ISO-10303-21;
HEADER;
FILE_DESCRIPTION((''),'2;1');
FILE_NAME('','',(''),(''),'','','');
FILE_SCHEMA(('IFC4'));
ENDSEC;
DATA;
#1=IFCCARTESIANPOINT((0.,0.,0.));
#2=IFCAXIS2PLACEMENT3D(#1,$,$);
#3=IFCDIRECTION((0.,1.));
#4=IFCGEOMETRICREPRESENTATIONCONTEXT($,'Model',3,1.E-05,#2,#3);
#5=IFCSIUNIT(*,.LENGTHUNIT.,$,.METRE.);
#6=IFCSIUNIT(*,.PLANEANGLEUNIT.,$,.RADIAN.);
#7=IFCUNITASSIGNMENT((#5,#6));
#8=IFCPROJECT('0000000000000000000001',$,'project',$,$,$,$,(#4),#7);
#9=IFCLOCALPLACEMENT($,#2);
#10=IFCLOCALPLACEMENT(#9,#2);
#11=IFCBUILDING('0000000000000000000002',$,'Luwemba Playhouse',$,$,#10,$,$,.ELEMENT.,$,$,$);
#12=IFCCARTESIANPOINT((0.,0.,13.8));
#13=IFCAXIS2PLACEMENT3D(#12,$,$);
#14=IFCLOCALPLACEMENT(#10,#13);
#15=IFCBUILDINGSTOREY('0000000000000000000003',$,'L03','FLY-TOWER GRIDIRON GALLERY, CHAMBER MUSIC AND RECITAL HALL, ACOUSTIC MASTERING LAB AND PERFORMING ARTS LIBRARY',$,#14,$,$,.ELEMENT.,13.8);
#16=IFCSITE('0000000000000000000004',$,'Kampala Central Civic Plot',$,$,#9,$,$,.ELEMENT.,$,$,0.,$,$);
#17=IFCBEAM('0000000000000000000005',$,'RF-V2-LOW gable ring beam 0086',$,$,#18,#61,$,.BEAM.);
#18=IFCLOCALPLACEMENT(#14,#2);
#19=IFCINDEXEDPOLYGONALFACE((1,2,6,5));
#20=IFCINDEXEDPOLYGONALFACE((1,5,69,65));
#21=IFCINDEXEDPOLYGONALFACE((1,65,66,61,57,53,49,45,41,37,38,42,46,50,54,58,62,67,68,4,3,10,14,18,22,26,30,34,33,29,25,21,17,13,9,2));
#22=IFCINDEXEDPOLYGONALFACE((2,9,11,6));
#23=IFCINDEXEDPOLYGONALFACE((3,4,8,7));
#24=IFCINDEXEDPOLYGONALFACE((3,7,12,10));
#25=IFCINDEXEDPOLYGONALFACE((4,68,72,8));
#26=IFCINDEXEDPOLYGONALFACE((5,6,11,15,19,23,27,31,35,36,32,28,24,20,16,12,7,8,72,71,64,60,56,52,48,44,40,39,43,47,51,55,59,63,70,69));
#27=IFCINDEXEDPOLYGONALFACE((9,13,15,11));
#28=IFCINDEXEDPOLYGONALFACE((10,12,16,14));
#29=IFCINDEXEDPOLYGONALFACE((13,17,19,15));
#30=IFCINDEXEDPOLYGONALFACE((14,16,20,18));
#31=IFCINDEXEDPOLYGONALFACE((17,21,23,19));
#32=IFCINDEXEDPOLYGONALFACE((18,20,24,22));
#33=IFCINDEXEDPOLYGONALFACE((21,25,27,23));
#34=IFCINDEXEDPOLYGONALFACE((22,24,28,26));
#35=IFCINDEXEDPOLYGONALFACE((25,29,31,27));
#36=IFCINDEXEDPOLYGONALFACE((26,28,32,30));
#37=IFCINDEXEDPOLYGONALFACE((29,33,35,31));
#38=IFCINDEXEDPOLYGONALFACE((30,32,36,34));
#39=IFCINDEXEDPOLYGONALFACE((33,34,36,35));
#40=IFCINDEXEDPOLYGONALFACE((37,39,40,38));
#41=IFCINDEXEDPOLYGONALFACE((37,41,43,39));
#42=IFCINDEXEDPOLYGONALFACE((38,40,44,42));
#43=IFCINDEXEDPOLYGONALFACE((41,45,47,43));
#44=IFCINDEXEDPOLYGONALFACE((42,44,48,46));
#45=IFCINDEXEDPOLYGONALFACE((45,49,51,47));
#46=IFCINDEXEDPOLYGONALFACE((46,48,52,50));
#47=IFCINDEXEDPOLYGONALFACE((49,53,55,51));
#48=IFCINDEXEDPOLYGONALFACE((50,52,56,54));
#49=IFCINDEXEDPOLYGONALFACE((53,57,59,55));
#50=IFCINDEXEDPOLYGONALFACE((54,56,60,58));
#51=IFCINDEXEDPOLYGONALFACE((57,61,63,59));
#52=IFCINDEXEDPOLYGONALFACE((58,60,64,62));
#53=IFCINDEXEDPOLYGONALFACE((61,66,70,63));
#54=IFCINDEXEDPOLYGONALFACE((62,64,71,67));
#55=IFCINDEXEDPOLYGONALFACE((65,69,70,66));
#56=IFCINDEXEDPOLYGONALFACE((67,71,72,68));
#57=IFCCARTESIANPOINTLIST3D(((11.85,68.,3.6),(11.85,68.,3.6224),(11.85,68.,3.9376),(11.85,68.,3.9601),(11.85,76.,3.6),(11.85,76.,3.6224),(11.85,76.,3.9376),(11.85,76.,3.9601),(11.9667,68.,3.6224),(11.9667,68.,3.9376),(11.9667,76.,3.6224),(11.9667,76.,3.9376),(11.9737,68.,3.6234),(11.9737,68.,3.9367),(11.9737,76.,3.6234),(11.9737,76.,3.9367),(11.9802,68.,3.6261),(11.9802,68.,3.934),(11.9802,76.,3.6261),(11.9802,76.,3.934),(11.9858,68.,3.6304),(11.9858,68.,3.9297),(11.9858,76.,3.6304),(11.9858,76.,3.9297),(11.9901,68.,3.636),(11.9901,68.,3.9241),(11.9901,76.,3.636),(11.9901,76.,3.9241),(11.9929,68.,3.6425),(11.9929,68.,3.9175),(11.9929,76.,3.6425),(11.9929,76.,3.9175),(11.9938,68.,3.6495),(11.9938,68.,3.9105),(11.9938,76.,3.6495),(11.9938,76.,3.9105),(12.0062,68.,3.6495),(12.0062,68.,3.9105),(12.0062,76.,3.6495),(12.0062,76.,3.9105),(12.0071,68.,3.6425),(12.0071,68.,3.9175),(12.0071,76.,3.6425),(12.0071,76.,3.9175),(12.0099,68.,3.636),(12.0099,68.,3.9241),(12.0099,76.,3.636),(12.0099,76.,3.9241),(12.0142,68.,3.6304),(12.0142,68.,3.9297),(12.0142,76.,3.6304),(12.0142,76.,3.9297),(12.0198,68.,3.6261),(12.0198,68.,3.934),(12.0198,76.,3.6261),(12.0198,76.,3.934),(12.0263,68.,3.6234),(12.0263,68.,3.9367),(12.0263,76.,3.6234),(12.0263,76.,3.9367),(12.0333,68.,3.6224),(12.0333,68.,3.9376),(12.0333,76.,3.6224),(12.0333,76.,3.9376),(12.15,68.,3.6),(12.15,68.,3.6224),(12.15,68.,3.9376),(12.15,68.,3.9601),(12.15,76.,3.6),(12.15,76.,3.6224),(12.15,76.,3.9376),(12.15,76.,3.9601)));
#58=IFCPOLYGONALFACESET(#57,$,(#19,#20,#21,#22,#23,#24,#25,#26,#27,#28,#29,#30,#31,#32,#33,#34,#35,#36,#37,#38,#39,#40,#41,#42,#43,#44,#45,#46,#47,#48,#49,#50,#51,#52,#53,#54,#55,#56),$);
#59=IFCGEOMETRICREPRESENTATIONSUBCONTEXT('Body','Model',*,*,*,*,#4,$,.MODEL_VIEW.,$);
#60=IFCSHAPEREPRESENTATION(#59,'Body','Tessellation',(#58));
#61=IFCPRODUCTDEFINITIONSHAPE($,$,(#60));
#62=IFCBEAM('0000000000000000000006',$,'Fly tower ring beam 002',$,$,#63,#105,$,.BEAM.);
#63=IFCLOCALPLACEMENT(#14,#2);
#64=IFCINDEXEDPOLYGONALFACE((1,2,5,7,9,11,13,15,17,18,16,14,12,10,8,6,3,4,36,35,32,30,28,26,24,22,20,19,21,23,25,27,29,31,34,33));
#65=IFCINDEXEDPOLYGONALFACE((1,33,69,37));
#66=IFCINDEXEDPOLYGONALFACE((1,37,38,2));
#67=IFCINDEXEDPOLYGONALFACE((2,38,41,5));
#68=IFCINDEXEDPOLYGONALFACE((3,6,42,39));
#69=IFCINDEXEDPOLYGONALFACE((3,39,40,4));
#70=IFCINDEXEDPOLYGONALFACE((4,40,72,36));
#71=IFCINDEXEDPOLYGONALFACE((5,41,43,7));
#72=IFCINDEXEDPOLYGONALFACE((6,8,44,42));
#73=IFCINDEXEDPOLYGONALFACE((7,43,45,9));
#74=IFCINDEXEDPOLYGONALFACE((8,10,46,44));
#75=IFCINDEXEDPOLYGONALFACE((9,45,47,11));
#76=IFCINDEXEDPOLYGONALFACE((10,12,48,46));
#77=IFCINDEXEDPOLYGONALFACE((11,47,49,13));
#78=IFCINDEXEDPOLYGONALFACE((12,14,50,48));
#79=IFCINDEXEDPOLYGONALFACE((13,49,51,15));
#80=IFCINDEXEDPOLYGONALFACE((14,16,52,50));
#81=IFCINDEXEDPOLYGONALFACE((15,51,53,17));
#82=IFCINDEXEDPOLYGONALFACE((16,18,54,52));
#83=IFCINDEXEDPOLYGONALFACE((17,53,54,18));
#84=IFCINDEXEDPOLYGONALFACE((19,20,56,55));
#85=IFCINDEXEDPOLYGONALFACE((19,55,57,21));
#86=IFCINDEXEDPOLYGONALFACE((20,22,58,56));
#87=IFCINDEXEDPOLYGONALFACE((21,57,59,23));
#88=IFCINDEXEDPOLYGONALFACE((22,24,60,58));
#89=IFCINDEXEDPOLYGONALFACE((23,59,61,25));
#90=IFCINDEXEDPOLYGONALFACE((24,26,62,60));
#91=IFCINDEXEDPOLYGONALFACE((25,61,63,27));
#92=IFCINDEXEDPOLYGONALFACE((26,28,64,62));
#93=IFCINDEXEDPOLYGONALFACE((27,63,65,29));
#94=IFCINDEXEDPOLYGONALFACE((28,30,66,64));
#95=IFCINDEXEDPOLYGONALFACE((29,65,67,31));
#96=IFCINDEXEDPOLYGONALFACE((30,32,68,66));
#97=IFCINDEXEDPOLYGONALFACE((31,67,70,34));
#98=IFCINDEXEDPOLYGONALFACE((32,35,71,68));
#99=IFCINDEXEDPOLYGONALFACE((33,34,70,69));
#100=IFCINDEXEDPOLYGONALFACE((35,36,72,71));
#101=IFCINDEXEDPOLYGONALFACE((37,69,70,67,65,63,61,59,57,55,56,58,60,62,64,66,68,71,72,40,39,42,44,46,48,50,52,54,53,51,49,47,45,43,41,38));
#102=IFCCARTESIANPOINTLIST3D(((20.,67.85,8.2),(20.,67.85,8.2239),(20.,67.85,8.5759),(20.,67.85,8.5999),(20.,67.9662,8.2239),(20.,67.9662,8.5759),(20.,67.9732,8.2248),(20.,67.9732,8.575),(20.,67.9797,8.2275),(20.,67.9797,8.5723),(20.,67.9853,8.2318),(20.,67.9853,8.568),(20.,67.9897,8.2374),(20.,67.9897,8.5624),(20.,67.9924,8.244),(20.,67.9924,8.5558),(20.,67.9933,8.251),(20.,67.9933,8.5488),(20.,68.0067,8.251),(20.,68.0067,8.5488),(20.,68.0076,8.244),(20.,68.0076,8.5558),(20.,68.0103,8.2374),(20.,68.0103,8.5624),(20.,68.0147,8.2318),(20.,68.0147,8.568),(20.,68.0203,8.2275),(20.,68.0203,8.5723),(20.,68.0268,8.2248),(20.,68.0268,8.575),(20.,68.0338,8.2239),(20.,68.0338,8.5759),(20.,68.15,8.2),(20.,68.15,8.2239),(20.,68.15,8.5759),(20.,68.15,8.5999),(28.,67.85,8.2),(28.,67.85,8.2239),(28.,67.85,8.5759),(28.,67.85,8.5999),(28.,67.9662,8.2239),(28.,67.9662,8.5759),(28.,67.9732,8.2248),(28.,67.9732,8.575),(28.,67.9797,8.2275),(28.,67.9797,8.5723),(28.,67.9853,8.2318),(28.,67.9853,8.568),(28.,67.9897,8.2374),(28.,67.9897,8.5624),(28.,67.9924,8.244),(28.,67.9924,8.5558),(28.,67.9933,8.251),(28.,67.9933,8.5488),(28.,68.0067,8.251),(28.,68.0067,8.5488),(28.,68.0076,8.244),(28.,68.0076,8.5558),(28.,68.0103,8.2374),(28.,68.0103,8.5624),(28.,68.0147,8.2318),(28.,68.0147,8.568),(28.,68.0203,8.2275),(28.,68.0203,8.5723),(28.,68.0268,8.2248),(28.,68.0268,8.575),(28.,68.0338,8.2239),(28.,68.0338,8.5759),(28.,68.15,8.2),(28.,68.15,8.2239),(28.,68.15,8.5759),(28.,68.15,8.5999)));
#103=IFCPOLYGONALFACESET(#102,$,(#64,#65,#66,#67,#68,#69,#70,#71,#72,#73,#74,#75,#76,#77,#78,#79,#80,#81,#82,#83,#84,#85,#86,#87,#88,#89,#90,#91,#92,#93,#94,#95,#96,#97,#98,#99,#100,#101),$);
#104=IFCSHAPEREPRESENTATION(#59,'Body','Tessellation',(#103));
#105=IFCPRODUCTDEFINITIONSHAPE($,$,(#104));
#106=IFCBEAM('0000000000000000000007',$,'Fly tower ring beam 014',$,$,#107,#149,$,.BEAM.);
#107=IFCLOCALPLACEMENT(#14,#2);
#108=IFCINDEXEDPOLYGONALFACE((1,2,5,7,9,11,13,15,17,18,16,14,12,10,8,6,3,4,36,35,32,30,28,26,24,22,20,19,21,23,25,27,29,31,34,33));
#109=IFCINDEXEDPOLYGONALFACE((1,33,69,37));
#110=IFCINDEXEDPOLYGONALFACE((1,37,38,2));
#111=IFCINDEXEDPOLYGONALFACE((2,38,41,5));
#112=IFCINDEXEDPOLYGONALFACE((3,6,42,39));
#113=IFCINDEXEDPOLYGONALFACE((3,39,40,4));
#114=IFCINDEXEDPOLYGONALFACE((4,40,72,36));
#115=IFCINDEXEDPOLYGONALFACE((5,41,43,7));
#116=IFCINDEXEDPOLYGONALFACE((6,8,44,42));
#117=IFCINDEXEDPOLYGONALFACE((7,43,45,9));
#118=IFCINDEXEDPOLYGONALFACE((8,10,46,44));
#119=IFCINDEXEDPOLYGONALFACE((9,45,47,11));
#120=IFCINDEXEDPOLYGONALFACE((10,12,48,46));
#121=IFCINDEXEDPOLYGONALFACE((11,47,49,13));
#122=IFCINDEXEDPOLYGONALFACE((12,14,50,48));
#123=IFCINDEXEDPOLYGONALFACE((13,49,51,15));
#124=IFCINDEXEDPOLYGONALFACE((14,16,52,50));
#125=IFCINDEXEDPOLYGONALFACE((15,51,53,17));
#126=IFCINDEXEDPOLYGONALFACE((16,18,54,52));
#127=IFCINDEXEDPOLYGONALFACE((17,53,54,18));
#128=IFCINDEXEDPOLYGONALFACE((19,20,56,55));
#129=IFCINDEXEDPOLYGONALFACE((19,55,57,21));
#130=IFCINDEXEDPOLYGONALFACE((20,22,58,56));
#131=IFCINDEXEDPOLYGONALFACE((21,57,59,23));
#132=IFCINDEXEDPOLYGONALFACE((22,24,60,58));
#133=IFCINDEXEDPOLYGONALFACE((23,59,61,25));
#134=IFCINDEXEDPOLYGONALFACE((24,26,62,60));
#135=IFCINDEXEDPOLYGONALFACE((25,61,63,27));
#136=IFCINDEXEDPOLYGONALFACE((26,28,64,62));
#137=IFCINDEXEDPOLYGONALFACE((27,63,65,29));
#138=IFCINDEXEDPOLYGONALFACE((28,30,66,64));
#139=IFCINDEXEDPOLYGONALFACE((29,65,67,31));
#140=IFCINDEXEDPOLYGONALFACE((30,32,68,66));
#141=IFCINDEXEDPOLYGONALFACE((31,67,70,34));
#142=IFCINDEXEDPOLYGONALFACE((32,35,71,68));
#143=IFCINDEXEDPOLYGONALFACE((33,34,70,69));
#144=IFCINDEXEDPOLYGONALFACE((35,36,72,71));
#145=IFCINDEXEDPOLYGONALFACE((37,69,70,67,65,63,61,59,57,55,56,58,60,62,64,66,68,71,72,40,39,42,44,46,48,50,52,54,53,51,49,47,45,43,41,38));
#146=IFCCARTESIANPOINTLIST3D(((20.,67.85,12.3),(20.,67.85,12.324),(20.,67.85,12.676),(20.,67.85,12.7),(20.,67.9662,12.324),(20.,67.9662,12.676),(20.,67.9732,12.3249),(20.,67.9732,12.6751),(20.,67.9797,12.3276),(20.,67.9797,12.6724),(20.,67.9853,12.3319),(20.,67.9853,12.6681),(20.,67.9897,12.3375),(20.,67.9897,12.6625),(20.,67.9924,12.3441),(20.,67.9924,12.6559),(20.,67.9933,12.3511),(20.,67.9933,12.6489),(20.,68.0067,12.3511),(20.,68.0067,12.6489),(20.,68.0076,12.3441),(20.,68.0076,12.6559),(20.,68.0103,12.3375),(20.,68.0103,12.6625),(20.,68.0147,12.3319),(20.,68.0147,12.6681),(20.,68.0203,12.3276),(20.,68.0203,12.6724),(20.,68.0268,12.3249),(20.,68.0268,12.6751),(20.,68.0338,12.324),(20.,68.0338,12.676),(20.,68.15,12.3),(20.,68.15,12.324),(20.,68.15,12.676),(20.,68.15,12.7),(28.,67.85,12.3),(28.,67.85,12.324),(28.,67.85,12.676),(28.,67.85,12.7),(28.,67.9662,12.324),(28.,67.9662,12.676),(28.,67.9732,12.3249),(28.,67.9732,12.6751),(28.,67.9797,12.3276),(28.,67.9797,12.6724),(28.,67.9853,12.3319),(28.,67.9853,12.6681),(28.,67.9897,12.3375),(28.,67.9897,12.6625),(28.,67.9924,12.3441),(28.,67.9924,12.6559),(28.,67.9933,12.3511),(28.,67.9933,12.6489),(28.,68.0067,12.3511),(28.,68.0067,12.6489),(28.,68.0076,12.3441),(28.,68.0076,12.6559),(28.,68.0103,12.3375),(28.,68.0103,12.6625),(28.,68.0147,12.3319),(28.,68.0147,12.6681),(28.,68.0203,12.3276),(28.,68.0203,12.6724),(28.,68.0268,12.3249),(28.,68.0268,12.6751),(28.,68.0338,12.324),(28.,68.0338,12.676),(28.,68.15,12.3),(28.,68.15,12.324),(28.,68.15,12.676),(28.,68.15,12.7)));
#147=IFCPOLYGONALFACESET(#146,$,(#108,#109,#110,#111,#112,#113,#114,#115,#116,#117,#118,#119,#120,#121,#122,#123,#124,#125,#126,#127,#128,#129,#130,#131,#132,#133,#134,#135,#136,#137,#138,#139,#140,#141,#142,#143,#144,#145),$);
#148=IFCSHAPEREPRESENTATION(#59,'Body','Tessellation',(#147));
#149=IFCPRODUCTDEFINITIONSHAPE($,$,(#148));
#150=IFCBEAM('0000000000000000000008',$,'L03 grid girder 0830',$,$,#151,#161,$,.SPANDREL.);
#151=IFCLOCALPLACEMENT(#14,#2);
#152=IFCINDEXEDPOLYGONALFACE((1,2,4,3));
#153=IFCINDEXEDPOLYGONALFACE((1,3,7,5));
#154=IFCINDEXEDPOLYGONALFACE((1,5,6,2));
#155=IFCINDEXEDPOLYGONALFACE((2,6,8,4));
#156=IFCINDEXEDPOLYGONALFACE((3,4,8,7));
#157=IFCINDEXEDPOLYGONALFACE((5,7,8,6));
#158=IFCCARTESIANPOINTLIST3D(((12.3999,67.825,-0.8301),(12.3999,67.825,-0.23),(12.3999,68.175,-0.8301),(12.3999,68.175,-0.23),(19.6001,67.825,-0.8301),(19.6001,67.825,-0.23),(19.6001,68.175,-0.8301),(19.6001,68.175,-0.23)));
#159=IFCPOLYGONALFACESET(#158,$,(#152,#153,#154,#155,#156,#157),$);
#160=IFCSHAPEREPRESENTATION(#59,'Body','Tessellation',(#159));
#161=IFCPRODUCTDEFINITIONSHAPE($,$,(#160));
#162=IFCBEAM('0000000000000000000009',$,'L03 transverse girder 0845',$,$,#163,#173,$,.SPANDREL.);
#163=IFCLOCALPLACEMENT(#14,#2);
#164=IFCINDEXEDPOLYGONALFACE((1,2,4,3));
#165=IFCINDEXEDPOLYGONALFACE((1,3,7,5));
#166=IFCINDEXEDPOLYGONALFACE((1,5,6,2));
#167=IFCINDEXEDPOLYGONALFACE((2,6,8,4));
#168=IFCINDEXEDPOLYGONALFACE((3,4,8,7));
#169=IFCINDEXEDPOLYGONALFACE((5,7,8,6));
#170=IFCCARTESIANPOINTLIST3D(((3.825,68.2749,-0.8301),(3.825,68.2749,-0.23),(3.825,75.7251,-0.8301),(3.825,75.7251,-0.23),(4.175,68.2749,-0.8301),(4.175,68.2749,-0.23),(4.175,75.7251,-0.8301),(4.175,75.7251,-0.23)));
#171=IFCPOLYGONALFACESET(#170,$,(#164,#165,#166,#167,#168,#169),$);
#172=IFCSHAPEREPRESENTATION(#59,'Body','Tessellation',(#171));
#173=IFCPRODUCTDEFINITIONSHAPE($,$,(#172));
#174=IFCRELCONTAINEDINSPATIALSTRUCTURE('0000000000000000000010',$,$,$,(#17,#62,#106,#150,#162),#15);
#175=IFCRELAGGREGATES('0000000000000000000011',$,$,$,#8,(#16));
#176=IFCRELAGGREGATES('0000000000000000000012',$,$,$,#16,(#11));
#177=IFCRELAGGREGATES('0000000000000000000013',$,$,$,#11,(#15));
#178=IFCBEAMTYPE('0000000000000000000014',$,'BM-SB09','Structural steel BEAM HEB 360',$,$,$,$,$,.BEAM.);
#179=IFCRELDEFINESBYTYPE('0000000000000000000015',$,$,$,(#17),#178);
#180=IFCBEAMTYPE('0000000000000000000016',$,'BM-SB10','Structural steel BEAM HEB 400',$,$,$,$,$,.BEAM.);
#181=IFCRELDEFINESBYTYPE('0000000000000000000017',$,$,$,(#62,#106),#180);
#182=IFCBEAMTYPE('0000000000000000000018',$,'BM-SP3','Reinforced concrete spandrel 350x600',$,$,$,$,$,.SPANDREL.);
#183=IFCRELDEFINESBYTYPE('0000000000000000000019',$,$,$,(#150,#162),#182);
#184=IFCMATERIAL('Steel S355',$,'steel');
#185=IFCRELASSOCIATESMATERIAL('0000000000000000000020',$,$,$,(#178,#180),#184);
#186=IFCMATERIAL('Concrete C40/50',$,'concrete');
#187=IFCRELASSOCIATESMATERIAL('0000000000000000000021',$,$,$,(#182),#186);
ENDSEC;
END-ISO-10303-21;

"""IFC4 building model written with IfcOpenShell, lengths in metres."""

from ifc_helpers import new_model, si_unit, direction, frame, origin, origin_2d, place, context, subcontext, project, spatial, rectangle, i_section, extrude, material, material_profile, profile_set, type_object, element, save


model = new_model("IFC4")

# Units and contexts
model_context = context("Model", 3, precision=1e-05, world=origin(), true_north=direction((0.0, 1.0)))
body_context = subcontext(model_context, "Body", "Model", "MODEL_VIEW")
ifc_project = project(units=[si_unit("LENGTHUNIT", "METRE"), si_unit("PLANEANGLEUNIT", "RADIAN")], contexts=[model_context])

# Site, building, storey
site_placement = place(None, origin())
site = spatial("IfcSite", under=ifc_project, at=site_placement, Name="Kampala Central Civic Plot", CompositionType="ELEMENT", RefElevation=0.0)
building_placement = place(site_placement, origin())
building = spatial("IfcBuilding", under=site, at=building_placement, Name="Luwemba Playhouse", CompositionType="ELEMENT")
storey_placement = place(building_placement, frame((0.0, 0.0, 13.8)))
storey = spatial("IfcBuildingStorey", under=building, at=storey_placement, Name="L03", Description="FLY-TOWER GRIDIRON GALLERY, CHAMBER MUSIC AND RECITAL HALL, ACOUSTIC MASTERING LAB AND PERFORMING ARTS LIBRARY", CompositionType="ELEMENT", Elevation=13.8)

# Shared definitions
ifc_material_1 = material(Name="Concrete C40/50", Category="concrete")
ifc_material_2 = material(Name="Steel S355", Category="steel")

# Beams
ifc_material_profile_1 = material_profile(ifc_material_2, i_section(OverallWidth=0.3, OverallDepth=0.3601, WebThickness=0.0125, FlangeThickness=0.0225, FilletRadius=0.0271, at=origin_2d()))
ifc_profile_set_1 = profile_set([ifc_material_profile_1], Name="Steel S355")
beam_type_1 = type_object("IfcBeamType", Name="BM-SB09", Description="Structural steel BEAM HEB 360", PredefinedType="BEAM", material=ifc_profile_set_1)
for number, where, z_axis, x_axis, name in (
    (1, (12.0, 68.0, 3.78), (0.0, 1.0, 0.0), (-1.0, 0.0, 0.0), "RF-V2-LOW gable ring beam 0086"),
):
    element("IfcBeam", number, at=place(storey_placement, frame(where, z_axis=z_axis, x_axis=x_axis)), inside=storey, type_object=beam_type_1, Name=name, PredefinedType="BEAM", context=body_context, shape_type="SweptSolid", body=[
        extrude(i_section(OverallWidth=0.3, OverallDepth=0.3601, WebThickness=0.0125, FlangeThickness=0.0225, FilletRadius=0.0271, at=origin_2d()), origin(), (0.0, 0.0, 1.0), 8.0),
    ])
ifc_material_profile_2 = material_profile(ifc_material_2, i_section(OverallWidth=0.3, OverallDepth=0.3999, WebThickness=0.0134, FlangeThickness=0.0239, FilletRadius=0.0271, at=origin_2d()))
ifc_profile_set_2 = profile_set([ifc_material_profile_2], Name="Steel S355")
beam_type_2 = type_object("IfcBeamType", Name="BM-SB10", Description="Structural steel BEAM HEB 400", PredefinedType="BEAM", material=ifc_profile_set_2)
for number, where, z_axis, x_axis, name in (
    (2, (20.0, 68.0, 8.3999), (1.0, 0.0, 0.0), (0.0, 1.0, 0.0), "Fly tower ring beam 002"),
    (3, (20.0, 68.0, 12.5), (1.0, 0.0, 0.0), (0.0, 1.0, 0.0), "Fly tower ring beam 014"),
):
    element("IfcBeam", number, at=place(storey_placement, frame(where, z_axis=z_axis, x_axis=x_axis)), inside=storey, type_object=beam_type_2, Name=name, PredefinedType="BEAM", context=body_context, shape_type="SweptSolid", body=[
        extrude(i_section(OverallWidth=0.3, OverallDepth=0.3999, WebThickness=0.0134, FlangeThickness=0.0239, FilletRadius=0.0271, at=origin_2d()), origin(), (0.0, 0.0, 1.0), 8.0),
    ])
ifc_material_profile_3 = material_profile(ifc_material_1, rectangle(XDim=0.3501, YDim=0.6001, at=origin_2d()))
ifc_profile_set_3 = profile_set([ifc_material_profile_3], Name="Concrete C40/50")
beam_type_3 = type_object("IfcBeamType", Name="BM-SP3", Description="Reinforced concrete spandrel 350x600", PredefinedType="SPANDREL", material=ifc_profile_set_3)
beam_1_placement = place(storey_placement, frame((12.3999, 68.0, -0.53), z_axis=(1.0, 0.0, 0.0), x_axis=(0.0, 1.0, 0.0)))
element("IfcBeam", 4, at=beam_1_placement, inside=storey, type_object=beam_type_3, Name="L03 grid girder 0830", PredefinedType="SPANDREL", context=body_context, shape_type="SweptSolid", body=[
    extrude(rectangle(XDim=0.3501, YDim=0.6001, at=origin_2d()), origin(), (0.0, 0.0, 1.0), 7.2002),
])
beam_2_placement = place(storey_placement, frame((4.0, 68.2749, -0.53), z_axis=(0.0, 1.0, 0.0), x_axis=(-1.0, 0.0, 0.0)))
element("IfcBeam", 5, at=beam_2_placement, inside=storey, type_object=beam_type_3, Name="L03 transverse girder 0845", PredefinedType="SPANDREL", context=body_context, shape_type="SweptSolid", body=[
    extrude(rectangle(XDim=0.3501, YDim=0.6001, at=origin_2d()), origin(), (0.0, 0.0, 1.0), 7.4502),
])

save(model, "model.ifc")
